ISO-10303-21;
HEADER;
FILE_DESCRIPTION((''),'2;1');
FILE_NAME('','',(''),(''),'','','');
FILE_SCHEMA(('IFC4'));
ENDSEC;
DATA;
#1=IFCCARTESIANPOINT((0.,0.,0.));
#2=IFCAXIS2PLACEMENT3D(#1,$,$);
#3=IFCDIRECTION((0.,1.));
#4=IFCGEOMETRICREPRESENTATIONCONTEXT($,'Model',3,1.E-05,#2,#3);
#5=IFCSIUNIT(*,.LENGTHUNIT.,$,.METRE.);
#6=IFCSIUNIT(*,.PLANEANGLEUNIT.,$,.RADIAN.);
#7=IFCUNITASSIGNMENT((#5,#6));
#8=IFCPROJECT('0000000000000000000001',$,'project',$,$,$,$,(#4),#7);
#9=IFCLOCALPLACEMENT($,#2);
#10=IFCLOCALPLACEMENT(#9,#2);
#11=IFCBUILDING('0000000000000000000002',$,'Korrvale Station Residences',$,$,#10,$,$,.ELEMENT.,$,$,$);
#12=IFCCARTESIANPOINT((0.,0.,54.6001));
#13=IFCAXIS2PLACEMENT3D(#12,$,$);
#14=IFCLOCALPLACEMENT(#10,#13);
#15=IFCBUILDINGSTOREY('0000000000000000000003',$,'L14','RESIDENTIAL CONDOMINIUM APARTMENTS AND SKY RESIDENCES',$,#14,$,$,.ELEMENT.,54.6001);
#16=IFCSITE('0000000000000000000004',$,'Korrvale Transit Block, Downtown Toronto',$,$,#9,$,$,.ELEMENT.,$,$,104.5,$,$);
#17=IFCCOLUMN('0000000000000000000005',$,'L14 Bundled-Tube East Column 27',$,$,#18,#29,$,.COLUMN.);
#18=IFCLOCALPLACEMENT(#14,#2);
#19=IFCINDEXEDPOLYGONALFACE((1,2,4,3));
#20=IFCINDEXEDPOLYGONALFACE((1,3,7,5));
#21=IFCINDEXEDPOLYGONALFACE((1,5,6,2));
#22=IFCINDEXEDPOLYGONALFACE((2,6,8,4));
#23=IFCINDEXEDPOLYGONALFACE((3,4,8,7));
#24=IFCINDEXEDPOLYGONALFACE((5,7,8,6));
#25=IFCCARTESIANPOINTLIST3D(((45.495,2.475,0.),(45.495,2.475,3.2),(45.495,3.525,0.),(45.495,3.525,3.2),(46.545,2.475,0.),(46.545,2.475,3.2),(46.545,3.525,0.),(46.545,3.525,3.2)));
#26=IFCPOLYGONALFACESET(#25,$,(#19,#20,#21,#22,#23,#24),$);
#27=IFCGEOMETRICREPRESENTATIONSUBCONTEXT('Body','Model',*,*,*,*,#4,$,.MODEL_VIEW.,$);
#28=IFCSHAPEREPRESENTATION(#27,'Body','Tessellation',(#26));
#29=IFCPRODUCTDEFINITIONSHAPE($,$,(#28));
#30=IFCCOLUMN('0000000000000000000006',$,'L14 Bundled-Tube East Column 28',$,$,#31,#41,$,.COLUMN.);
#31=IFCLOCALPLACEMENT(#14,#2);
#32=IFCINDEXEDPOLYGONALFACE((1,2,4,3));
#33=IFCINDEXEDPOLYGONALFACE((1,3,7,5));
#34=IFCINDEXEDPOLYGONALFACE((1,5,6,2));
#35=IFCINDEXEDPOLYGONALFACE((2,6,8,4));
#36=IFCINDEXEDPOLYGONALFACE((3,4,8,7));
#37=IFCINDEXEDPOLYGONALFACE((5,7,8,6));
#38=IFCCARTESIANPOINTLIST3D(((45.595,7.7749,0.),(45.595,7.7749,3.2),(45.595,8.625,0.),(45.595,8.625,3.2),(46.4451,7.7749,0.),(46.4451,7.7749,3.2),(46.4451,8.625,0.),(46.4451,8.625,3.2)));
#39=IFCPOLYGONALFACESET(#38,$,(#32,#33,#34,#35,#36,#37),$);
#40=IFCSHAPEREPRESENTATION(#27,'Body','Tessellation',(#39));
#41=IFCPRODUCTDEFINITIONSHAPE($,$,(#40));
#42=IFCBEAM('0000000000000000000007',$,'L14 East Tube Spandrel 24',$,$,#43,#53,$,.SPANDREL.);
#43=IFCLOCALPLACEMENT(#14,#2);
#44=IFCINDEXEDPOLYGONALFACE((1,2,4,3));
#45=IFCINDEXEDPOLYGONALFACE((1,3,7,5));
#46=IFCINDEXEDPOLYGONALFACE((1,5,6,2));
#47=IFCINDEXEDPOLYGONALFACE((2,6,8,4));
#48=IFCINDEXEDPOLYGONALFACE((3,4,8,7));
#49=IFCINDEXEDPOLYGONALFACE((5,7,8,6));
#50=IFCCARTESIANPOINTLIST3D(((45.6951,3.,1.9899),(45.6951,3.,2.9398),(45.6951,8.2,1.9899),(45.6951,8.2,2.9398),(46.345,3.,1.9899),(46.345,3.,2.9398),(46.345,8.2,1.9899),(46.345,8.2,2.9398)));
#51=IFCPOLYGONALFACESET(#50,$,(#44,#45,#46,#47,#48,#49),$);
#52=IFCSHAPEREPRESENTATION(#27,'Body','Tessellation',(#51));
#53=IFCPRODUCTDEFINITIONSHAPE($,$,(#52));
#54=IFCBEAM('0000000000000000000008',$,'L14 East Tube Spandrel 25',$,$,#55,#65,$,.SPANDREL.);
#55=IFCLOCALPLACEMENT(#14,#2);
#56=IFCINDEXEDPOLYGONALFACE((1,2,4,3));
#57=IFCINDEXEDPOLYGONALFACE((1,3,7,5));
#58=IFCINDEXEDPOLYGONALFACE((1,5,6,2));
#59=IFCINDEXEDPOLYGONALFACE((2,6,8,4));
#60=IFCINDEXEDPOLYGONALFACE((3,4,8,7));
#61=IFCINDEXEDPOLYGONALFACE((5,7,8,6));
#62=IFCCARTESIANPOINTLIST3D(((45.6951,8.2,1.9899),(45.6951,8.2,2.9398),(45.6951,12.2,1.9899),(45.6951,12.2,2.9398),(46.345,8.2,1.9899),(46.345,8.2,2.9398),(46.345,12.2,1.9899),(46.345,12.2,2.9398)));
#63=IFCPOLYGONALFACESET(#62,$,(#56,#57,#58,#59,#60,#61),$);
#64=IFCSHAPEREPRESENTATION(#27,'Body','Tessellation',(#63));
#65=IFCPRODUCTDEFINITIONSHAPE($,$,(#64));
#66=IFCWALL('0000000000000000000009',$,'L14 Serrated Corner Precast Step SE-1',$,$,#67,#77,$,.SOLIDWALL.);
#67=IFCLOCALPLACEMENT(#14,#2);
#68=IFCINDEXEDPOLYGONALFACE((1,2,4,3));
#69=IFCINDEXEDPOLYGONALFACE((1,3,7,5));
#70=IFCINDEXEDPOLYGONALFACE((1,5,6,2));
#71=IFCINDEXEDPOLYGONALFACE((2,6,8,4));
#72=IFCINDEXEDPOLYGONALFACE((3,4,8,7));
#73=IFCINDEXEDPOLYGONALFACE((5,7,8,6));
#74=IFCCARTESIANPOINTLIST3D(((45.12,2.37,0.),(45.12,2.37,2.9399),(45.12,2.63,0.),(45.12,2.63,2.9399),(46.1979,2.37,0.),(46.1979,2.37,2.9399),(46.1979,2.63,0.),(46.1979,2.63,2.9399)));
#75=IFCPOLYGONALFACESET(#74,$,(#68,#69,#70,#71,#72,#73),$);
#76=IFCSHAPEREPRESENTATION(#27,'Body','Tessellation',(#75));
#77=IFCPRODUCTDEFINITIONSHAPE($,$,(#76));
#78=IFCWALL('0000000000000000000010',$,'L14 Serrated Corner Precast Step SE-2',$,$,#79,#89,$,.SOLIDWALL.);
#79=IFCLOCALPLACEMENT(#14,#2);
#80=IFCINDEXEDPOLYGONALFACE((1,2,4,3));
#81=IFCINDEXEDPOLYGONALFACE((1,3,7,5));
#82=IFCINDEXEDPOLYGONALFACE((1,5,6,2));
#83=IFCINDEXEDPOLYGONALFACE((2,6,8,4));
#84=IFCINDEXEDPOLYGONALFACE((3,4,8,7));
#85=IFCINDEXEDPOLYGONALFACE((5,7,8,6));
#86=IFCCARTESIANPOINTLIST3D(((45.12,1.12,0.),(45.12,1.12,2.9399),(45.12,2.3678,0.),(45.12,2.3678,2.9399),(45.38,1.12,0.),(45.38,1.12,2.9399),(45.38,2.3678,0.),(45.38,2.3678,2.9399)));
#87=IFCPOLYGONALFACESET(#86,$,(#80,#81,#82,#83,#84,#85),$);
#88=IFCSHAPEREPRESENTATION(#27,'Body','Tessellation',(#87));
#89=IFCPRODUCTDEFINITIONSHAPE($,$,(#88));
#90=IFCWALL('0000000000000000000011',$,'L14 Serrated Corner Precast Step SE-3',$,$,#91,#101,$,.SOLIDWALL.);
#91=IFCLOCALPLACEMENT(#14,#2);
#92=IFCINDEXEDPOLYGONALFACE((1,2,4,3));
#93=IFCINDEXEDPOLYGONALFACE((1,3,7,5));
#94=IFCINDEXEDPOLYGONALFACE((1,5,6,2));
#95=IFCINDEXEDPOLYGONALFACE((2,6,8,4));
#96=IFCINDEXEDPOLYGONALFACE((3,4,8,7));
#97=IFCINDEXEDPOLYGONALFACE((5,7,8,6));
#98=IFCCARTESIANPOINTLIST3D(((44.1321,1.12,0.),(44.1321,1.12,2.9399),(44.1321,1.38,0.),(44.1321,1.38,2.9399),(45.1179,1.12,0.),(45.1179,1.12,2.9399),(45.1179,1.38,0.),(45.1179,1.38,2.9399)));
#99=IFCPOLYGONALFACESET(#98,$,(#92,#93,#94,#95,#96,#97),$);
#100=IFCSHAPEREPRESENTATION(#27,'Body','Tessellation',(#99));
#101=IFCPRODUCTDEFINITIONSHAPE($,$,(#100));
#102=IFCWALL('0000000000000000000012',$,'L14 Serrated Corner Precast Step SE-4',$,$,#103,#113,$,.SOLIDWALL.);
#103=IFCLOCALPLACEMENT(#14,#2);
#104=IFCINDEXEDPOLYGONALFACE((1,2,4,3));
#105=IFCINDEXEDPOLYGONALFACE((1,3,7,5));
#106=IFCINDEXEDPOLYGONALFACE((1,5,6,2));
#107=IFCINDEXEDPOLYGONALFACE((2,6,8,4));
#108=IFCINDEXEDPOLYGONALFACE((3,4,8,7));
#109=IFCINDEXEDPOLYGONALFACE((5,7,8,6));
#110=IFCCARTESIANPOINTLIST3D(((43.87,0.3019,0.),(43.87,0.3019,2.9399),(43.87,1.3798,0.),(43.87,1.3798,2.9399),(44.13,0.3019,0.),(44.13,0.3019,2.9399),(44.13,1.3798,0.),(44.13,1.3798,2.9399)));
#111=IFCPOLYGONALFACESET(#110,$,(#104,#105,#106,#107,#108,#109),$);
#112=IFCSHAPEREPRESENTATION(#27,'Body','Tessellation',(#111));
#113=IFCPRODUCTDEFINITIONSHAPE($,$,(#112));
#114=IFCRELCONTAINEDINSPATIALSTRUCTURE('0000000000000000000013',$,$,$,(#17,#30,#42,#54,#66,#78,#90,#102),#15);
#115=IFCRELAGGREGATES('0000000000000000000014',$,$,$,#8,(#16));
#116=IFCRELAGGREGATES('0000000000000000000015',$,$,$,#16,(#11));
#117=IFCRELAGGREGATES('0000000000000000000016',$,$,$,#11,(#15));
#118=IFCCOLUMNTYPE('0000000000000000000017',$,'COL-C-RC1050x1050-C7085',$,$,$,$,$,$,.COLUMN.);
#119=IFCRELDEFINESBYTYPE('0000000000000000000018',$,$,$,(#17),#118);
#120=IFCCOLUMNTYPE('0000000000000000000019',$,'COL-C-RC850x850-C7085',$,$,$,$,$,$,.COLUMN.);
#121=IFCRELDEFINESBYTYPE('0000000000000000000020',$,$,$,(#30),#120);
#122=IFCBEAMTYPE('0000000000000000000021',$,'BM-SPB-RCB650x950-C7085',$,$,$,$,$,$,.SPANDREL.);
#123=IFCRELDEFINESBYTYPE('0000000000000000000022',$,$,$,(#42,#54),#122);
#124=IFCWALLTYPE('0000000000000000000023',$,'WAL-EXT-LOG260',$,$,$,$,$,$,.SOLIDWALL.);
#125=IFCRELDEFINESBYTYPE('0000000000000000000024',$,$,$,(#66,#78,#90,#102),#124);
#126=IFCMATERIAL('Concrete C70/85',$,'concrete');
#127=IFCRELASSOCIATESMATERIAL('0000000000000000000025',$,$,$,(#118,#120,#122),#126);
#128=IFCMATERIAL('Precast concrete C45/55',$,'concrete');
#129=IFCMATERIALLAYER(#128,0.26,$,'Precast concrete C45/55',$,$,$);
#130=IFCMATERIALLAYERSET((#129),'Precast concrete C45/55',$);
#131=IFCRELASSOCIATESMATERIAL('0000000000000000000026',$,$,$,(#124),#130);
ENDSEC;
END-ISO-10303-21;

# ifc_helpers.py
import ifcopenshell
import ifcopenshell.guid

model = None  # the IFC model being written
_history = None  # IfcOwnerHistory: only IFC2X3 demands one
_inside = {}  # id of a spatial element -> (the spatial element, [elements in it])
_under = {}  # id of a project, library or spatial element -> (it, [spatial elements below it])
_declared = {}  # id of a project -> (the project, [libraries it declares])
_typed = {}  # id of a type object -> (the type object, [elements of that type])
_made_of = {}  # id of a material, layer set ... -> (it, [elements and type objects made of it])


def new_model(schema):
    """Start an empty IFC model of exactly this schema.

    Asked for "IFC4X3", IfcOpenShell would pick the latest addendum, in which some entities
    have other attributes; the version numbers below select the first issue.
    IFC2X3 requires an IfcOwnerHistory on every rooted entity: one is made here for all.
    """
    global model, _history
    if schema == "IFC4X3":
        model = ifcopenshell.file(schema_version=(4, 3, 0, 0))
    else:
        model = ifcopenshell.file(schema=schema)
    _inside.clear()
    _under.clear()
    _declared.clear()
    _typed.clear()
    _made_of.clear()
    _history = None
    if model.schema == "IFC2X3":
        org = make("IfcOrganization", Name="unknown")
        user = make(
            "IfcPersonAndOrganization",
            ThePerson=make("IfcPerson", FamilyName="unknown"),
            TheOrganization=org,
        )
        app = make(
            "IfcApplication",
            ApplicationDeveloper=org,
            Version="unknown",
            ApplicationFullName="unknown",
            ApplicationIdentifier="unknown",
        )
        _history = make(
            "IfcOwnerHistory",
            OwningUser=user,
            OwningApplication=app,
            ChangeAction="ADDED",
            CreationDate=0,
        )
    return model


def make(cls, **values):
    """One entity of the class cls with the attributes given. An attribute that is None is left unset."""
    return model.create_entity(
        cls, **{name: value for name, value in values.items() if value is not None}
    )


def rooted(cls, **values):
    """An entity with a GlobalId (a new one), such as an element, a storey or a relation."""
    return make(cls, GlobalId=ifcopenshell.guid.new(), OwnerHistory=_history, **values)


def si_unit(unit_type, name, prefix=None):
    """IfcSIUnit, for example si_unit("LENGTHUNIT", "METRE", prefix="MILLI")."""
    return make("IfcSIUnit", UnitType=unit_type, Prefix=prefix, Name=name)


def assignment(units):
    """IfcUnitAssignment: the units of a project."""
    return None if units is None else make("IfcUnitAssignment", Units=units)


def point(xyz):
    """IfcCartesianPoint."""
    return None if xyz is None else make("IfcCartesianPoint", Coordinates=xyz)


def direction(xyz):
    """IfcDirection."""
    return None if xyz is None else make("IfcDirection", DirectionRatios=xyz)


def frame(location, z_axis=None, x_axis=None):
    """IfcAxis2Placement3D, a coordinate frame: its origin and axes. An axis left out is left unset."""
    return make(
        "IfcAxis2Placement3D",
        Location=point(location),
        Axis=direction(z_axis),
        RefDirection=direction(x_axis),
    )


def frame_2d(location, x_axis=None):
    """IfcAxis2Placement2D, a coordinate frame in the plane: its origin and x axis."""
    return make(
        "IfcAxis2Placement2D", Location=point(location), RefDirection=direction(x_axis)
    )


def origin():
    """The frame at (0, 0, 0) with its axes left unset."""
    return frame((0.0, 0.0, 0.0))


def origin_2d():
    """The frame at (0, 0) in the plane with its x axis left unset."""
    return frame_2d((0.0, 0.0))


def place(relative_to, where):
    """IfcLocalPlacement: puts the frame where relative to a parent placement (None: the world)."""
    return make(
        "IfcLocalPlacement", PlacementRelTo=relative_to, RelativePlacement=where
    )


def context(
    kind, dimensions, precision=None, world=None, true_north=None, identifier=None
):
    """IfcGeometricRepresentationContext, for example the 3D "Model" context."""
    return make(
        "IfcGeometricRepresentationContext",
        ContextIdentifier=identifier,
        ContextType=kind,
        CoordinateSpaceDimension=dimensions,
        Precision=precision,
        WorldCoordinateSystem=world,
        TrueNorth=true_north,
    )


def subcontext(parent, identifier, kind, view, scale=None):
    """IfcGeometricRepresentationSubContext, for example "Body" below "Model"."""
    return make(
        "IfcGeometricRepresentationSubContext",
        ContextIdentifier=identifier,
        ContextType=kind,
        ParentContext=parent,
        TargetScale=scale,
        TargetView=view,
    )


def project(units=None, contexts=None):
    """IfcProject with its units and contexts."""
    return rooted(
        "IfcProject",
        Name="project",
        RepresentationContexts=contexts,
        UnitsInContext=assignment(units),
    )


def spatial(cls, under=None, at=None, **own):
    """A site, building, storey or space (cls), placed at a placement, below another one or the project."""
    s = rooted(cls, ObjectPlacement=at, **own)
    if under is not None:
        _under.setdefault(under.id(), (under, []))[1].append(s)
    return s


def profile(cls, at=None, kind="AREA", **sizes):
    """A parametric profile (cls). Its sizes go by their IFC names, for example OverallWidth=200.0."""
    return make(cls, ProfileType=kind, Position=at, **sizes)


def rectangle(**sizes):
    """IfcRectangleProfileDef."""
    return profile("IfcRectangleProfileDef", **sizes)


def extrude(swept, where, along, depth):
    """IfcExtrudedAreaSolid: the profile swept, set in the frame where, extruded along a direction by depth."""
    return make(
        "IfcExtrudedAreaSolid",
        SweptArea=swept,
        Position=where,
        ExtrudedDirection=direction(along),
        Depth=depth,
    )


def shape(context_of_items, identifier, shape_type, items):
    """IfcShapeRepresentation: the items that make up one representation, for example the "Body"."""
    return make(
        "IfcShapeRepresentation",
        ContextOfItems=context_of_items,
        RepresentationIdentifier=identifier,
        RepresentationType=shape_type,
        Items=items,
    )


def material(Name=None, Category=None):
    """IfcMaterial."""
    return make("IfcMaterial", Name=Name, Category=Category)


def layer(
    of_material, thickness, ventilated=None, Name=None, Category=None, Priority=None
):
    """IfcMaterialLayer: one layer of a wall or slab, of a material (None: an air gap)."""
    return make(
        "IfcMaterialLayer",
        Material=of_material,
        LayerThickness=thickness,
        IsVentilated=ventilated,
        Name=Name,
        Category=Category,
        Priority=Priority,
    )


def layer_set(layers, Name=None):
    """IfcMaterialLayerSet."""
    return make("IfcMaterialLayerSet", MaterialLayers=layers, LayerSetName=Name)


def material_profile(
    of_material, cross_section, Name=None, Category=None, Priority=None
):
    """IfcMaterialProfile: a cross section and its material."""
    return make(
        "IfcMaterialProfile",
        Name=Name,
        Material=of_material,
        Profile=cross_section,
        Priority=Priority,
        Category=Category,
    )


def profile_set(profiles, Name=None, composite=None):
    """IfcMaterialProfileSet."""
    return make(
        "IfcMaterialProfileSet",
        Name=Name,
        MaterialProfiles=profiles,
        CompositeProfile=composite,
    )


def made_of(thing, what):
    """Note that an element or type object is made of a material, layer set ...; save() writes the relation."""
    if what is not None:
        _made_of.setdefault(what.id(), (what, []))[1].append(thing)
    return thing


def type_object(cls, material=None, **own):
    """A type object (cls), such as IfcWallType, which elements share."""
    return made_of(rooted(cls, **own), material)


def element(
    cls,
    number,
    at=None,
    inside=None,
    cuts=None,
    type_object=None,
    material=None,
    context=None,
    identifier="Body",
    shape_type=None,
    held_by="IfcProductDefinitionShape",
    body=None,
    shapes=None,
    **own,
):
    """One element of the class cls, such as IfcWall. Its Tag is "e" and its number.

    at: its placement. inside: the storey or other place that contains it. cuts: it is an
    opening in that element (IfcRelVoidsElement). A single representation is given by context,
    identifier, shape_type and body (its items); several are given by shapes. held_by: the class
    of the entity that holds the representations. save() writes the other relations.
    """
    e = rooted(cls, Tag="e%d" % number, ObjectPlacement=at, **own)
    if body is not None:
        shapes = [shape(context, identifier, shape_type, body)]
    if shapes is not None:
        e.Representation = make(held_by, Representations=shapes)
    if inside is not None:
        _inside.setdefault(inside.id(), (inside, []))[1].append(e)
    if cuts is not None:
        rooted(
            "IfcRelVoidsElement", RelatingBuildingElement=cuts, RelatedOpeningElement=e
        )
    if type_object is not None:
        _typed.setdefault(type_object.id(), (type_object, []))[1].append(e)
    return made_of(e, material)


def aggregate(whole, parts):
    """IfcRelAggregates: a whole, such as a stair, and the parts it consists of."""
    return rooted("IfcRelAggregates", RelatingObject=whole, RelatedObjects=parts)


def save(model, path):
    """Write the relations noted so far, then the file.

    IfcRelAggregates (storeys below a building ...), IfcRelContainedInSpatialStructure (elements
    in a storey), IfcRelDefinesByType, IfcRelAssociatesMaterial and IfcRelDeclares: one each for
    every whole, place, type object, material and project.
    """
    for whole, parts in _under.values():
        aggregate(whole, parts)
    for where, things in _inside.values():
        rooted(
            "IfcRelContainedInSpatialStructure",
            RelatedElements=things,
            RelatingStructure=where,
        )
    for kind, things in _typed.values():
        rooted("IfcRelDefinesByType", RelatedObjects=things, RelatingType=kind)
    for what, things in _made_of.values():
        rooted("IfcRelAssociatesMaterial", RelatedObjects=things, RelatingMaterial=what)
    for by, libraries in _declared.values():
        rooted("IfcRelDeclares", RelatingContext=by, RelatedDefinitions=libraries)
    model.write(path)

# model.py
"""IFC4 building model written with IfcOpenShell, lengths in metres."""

from ifc_helpers import new_model, si_unit, direction, frame, frame_2d, origin, origin_2d, place, context, subcontext, project, spatial, rectangle, extrude, material, layer, layer_set, material_profile, profile_set, type_object, element, save


model = new_model("IFC4")

# Units and contexts
model_context = context("Model", 3, precision=1e-05, world=origin(), true_north=direction((0.0, 1.0)))
body_context = subcontext(model_context, "Body", "Model", "MODEL_VIEW")
ifc_project = project(units=[si_unit("LENGTHUNIT", "METRE"), si_unit("PLANEANGLEUNIT", "RADIAN")], contexts=[model_context])

# Site, building, storey
site_placement = place(None, origin())
site = spatial("IfcSite", under=ifc_project, at=site_placement, Name="Korrvale Transit Block, Downtown Toronto", CompositionType="ELEMENT", RefElevation=104.5)
building_placement = place(site_placement, origin())
building = spatial("IfcBuilding", under=site, at=building_placement, Name="Korrvale Station Residences", CompositionType="ELEMENT")
storey_placement = place(building_placement, frame((0.0, 0.0, 54.6001)))
storey = spatial("IfcBuildingStorey", under=building, at=storey_placement, Name="L14", Description="RESIDENTIAL CONDOMINIUM APARTMENTS AND SKY RESIDENCES", CompositionType="ELEMENT", Elevation=54.6001)

# Columns
ifc_material_1 = material(Name="Concrete C70/85", Category="concrete")
ifc_material_profile_1 = material_profile(ifc_material_1, rectangle(XDim=1.05, YDim=1.05, at=origin_2d()), Name="RC1050x1050")
ifc_profile_set_1 = profile_set([ifc_material_profile_1], Name="Concrete C70/85")
column_type_1 = type_object("IfcColumnType", Name="COL-C-RC1050x1050-C7085", PredefinedType="COLUMN", material=ifc_profile_set_1)
column_1_placement = place(storey_placement, frame((46.02, 3.0, 0.0), z_axis=(0.0, 0.0, 1.0), x_axis=(1.0, 0.0, 0.0)))
element("IfcColumn", 1, at=column_1_placement, inside=storey, type_object=column_type_1, Name="L14 Bundled-Tube East Column 27", PredefinedType="COLUMN", context=body_context, shape_type="SweptSolid", body=[
    extrude(rectangle(XDim=1.05, YDim=1.05, at=origin_2d()), origin(), (0.0, 0.0, 1.0), 3.2),
])
ifc_material_profile_2 = material_profile(ifc_material_1, rectangle(XDim=0.8501, YDim=0.8501, at=origin_2d()), Name="RC850x850")
ifc_profile_set_2 = profile_set([ifc_material_profile_2], Name="Concrete C70/85")
column_type_2 = type_object("IfcColumnType", Name="COL-C-RC850x850-C7085", PredefinedType="COLUMN", material=ifc_profile_set_2)
column_2_placement = place(storey_placement, frame((46.02, 8.2, 0.0), z_axis=(0.0, 0.0, 1.0), x_axis=(1.0, 0.0, 0.0)))
element("IfcColumn", 2, at=column_2_placement, inside=storey, type_object=column_type_2, Name="L14 Bundled-Tube East Column 28", PredefinedType="COLUMN", context=body_context, shape_type="SweptSolid", body=[
    extrude(rectangle(XDim=0.8501, YDim=0.8501, at=origin_2d()), origin(), (0.0, 0.0, 1.0), 3.2),
])

# Beams
ifc_material_profile_3 = material_profile(ifc_material_1, rectangle(XDim=0.6499, YDim=0.95, at=origin_2d()), Name="RCB650x950")
ifc_profile_set_3 = profile_set([ifc_material_profile_3], Name="Concrete C70/85")
beam_type = type_object("IfcBeamType", Name="BM-SPB-RCB650x950-C7085", PredefinedType="SPANDREL", material=ifc_profile_set_3)
beam_1_placement = place(storey_placement, frame((46.02, 3.0, 2.4648), z_axis=(0.0, 1.0, 0.0), x_axis=(-1.0, 0.0, 0.0)))
element("IfcBeam", 3, at=beam_1_placement, inside=storey, type_object=beam_type, Name="L14 East Tube Spandrel 24", PredefinedType="SPANDREL", context=body_context, shape_type="SweptSolid", body=[
    extrude(rectangle(XDim=0.6499, YDim=0.95, at=origin_2d()), origin(), (0.0, 0.0, 1.0), 5.2),
])
beam_2_placement = place(storey_placement, frame((46.02, 8.2, 2.4648), z_axis=(0.0, 1.0, 0.0), x_axis=(-1.0, 0.0, 0.0)))
element("IfcBeam", 4, at=beam_2_placement, inside=storey, type_object=beam_type, Name="L14 East Tube Spandrel 25", PredefinedType="SPANDREL", context=body_context, shape_type="SweptSolid", body=[
    extrude(rectangle(XDim=0.6499, YDim=0.95, at=origin_2d()), origin(), (0.0, 0.0, 1.0), 4.0),
])

# Walls
ifc_material_2 = material(Name="Precast concrete C45/55", Category="concrete")
ifc_layer_1 = layer(ifc_material_2, 0.26, Name="Precast concrete C45/55")
ifc_layer_set_1 = layer_set([ifc_layer_1], Name="Precast concrete C45/55")
wall_type_1 = type_object("IfcWallType", Name="WAL-EXT-LOG260", PredefinedType="SOLIDWALL", material=ifc_layer_set_1)
wall_1_placement = place(storey_placement, frame((46.198, 2.5, 0.0), z_axis=(0.0, 0.0, 1.0), x_axis=(-1.0, 0.0, 0.0)))
element("IfcWall", 5, at=wall_1_placement, inside=storey, type_object=wall_type_1, Name="L14 Serrated Corner Precast Step SE-1", PredefinedType="SOLIDWALL", context=body_context, shape_type="SweptSolid", body=[
    extrude(rectangle(XDim=1.0779, YDim=0.26, at=frame_2d((0.5391, 0.0))), origin(), (0.0, 0.0, 1.0), 2.9399),
])
wall_2_placement = place(storey_placement, frame((45.25, 2.3679, 0.0), z_axis=(0.0, 0.0, 1.0), x_axis=(0.0, -1.0, 0.0)))
element("IfcWall", 6, at=wall_2_placement, inside=storey, type_object=wall_type_1, Name="L14 Serrated Corner Precast Step SE-2", PredefinedType="SOLIDWALL", context=body_context, shape_type="SweptSolid", body=[
    extrude(rectangle(XDim=1.2478, YDim=0.26, at=frame_2d((0.624, 0.0))), origin(), (0.0, 0.0, 1.0), 2.9399),
])
wall_3_placement = place(storey_placement, frame((45.1179, 1.25, 0.0), z_axis=(0.0, 0.0, 1.0), x_axis=(-1.0, 0.0, 0.0)))
element("IfcWall", 7, at=wall_3_placement, inside=storey, type_object=wall_type_1, Name="L14 Serrated Corner Precast Step SE-3", PredefinedType="SOLIDWALL", context=body_context, shape_type="SweptSolid", body=[
    extrude(rectangle(XDim=0.9858, YDim=0.26, at=frame_2d((0.4929, 0.0))), origin(), (0.0, 0.0, 1.0), 2.9399),
])
wall_4_placement = place(storey_placement, frame((44.0, 1.3799, 0.0), z_axis=(0.0, 0.0, 1.0), x_axis=(0.0, -1.0, 0.0)))
element("IfcWall", 8, at=wall_4_placement, inside=storey, type_object=wall_type_1, Name="L14 Serrated Corner Precast Step SE-4", PredefinedType="SOLIDWALL", context=body_context, shape_type="SweptSolid", body=[
    extrude(rectangle(XDim=1.0779, YDim=0.26, at=frame_2d((0.5391, 0.0))), origin(), (0.0, 0.0, 1.0), 2.9399),
])

save(model, "model.ifc")
